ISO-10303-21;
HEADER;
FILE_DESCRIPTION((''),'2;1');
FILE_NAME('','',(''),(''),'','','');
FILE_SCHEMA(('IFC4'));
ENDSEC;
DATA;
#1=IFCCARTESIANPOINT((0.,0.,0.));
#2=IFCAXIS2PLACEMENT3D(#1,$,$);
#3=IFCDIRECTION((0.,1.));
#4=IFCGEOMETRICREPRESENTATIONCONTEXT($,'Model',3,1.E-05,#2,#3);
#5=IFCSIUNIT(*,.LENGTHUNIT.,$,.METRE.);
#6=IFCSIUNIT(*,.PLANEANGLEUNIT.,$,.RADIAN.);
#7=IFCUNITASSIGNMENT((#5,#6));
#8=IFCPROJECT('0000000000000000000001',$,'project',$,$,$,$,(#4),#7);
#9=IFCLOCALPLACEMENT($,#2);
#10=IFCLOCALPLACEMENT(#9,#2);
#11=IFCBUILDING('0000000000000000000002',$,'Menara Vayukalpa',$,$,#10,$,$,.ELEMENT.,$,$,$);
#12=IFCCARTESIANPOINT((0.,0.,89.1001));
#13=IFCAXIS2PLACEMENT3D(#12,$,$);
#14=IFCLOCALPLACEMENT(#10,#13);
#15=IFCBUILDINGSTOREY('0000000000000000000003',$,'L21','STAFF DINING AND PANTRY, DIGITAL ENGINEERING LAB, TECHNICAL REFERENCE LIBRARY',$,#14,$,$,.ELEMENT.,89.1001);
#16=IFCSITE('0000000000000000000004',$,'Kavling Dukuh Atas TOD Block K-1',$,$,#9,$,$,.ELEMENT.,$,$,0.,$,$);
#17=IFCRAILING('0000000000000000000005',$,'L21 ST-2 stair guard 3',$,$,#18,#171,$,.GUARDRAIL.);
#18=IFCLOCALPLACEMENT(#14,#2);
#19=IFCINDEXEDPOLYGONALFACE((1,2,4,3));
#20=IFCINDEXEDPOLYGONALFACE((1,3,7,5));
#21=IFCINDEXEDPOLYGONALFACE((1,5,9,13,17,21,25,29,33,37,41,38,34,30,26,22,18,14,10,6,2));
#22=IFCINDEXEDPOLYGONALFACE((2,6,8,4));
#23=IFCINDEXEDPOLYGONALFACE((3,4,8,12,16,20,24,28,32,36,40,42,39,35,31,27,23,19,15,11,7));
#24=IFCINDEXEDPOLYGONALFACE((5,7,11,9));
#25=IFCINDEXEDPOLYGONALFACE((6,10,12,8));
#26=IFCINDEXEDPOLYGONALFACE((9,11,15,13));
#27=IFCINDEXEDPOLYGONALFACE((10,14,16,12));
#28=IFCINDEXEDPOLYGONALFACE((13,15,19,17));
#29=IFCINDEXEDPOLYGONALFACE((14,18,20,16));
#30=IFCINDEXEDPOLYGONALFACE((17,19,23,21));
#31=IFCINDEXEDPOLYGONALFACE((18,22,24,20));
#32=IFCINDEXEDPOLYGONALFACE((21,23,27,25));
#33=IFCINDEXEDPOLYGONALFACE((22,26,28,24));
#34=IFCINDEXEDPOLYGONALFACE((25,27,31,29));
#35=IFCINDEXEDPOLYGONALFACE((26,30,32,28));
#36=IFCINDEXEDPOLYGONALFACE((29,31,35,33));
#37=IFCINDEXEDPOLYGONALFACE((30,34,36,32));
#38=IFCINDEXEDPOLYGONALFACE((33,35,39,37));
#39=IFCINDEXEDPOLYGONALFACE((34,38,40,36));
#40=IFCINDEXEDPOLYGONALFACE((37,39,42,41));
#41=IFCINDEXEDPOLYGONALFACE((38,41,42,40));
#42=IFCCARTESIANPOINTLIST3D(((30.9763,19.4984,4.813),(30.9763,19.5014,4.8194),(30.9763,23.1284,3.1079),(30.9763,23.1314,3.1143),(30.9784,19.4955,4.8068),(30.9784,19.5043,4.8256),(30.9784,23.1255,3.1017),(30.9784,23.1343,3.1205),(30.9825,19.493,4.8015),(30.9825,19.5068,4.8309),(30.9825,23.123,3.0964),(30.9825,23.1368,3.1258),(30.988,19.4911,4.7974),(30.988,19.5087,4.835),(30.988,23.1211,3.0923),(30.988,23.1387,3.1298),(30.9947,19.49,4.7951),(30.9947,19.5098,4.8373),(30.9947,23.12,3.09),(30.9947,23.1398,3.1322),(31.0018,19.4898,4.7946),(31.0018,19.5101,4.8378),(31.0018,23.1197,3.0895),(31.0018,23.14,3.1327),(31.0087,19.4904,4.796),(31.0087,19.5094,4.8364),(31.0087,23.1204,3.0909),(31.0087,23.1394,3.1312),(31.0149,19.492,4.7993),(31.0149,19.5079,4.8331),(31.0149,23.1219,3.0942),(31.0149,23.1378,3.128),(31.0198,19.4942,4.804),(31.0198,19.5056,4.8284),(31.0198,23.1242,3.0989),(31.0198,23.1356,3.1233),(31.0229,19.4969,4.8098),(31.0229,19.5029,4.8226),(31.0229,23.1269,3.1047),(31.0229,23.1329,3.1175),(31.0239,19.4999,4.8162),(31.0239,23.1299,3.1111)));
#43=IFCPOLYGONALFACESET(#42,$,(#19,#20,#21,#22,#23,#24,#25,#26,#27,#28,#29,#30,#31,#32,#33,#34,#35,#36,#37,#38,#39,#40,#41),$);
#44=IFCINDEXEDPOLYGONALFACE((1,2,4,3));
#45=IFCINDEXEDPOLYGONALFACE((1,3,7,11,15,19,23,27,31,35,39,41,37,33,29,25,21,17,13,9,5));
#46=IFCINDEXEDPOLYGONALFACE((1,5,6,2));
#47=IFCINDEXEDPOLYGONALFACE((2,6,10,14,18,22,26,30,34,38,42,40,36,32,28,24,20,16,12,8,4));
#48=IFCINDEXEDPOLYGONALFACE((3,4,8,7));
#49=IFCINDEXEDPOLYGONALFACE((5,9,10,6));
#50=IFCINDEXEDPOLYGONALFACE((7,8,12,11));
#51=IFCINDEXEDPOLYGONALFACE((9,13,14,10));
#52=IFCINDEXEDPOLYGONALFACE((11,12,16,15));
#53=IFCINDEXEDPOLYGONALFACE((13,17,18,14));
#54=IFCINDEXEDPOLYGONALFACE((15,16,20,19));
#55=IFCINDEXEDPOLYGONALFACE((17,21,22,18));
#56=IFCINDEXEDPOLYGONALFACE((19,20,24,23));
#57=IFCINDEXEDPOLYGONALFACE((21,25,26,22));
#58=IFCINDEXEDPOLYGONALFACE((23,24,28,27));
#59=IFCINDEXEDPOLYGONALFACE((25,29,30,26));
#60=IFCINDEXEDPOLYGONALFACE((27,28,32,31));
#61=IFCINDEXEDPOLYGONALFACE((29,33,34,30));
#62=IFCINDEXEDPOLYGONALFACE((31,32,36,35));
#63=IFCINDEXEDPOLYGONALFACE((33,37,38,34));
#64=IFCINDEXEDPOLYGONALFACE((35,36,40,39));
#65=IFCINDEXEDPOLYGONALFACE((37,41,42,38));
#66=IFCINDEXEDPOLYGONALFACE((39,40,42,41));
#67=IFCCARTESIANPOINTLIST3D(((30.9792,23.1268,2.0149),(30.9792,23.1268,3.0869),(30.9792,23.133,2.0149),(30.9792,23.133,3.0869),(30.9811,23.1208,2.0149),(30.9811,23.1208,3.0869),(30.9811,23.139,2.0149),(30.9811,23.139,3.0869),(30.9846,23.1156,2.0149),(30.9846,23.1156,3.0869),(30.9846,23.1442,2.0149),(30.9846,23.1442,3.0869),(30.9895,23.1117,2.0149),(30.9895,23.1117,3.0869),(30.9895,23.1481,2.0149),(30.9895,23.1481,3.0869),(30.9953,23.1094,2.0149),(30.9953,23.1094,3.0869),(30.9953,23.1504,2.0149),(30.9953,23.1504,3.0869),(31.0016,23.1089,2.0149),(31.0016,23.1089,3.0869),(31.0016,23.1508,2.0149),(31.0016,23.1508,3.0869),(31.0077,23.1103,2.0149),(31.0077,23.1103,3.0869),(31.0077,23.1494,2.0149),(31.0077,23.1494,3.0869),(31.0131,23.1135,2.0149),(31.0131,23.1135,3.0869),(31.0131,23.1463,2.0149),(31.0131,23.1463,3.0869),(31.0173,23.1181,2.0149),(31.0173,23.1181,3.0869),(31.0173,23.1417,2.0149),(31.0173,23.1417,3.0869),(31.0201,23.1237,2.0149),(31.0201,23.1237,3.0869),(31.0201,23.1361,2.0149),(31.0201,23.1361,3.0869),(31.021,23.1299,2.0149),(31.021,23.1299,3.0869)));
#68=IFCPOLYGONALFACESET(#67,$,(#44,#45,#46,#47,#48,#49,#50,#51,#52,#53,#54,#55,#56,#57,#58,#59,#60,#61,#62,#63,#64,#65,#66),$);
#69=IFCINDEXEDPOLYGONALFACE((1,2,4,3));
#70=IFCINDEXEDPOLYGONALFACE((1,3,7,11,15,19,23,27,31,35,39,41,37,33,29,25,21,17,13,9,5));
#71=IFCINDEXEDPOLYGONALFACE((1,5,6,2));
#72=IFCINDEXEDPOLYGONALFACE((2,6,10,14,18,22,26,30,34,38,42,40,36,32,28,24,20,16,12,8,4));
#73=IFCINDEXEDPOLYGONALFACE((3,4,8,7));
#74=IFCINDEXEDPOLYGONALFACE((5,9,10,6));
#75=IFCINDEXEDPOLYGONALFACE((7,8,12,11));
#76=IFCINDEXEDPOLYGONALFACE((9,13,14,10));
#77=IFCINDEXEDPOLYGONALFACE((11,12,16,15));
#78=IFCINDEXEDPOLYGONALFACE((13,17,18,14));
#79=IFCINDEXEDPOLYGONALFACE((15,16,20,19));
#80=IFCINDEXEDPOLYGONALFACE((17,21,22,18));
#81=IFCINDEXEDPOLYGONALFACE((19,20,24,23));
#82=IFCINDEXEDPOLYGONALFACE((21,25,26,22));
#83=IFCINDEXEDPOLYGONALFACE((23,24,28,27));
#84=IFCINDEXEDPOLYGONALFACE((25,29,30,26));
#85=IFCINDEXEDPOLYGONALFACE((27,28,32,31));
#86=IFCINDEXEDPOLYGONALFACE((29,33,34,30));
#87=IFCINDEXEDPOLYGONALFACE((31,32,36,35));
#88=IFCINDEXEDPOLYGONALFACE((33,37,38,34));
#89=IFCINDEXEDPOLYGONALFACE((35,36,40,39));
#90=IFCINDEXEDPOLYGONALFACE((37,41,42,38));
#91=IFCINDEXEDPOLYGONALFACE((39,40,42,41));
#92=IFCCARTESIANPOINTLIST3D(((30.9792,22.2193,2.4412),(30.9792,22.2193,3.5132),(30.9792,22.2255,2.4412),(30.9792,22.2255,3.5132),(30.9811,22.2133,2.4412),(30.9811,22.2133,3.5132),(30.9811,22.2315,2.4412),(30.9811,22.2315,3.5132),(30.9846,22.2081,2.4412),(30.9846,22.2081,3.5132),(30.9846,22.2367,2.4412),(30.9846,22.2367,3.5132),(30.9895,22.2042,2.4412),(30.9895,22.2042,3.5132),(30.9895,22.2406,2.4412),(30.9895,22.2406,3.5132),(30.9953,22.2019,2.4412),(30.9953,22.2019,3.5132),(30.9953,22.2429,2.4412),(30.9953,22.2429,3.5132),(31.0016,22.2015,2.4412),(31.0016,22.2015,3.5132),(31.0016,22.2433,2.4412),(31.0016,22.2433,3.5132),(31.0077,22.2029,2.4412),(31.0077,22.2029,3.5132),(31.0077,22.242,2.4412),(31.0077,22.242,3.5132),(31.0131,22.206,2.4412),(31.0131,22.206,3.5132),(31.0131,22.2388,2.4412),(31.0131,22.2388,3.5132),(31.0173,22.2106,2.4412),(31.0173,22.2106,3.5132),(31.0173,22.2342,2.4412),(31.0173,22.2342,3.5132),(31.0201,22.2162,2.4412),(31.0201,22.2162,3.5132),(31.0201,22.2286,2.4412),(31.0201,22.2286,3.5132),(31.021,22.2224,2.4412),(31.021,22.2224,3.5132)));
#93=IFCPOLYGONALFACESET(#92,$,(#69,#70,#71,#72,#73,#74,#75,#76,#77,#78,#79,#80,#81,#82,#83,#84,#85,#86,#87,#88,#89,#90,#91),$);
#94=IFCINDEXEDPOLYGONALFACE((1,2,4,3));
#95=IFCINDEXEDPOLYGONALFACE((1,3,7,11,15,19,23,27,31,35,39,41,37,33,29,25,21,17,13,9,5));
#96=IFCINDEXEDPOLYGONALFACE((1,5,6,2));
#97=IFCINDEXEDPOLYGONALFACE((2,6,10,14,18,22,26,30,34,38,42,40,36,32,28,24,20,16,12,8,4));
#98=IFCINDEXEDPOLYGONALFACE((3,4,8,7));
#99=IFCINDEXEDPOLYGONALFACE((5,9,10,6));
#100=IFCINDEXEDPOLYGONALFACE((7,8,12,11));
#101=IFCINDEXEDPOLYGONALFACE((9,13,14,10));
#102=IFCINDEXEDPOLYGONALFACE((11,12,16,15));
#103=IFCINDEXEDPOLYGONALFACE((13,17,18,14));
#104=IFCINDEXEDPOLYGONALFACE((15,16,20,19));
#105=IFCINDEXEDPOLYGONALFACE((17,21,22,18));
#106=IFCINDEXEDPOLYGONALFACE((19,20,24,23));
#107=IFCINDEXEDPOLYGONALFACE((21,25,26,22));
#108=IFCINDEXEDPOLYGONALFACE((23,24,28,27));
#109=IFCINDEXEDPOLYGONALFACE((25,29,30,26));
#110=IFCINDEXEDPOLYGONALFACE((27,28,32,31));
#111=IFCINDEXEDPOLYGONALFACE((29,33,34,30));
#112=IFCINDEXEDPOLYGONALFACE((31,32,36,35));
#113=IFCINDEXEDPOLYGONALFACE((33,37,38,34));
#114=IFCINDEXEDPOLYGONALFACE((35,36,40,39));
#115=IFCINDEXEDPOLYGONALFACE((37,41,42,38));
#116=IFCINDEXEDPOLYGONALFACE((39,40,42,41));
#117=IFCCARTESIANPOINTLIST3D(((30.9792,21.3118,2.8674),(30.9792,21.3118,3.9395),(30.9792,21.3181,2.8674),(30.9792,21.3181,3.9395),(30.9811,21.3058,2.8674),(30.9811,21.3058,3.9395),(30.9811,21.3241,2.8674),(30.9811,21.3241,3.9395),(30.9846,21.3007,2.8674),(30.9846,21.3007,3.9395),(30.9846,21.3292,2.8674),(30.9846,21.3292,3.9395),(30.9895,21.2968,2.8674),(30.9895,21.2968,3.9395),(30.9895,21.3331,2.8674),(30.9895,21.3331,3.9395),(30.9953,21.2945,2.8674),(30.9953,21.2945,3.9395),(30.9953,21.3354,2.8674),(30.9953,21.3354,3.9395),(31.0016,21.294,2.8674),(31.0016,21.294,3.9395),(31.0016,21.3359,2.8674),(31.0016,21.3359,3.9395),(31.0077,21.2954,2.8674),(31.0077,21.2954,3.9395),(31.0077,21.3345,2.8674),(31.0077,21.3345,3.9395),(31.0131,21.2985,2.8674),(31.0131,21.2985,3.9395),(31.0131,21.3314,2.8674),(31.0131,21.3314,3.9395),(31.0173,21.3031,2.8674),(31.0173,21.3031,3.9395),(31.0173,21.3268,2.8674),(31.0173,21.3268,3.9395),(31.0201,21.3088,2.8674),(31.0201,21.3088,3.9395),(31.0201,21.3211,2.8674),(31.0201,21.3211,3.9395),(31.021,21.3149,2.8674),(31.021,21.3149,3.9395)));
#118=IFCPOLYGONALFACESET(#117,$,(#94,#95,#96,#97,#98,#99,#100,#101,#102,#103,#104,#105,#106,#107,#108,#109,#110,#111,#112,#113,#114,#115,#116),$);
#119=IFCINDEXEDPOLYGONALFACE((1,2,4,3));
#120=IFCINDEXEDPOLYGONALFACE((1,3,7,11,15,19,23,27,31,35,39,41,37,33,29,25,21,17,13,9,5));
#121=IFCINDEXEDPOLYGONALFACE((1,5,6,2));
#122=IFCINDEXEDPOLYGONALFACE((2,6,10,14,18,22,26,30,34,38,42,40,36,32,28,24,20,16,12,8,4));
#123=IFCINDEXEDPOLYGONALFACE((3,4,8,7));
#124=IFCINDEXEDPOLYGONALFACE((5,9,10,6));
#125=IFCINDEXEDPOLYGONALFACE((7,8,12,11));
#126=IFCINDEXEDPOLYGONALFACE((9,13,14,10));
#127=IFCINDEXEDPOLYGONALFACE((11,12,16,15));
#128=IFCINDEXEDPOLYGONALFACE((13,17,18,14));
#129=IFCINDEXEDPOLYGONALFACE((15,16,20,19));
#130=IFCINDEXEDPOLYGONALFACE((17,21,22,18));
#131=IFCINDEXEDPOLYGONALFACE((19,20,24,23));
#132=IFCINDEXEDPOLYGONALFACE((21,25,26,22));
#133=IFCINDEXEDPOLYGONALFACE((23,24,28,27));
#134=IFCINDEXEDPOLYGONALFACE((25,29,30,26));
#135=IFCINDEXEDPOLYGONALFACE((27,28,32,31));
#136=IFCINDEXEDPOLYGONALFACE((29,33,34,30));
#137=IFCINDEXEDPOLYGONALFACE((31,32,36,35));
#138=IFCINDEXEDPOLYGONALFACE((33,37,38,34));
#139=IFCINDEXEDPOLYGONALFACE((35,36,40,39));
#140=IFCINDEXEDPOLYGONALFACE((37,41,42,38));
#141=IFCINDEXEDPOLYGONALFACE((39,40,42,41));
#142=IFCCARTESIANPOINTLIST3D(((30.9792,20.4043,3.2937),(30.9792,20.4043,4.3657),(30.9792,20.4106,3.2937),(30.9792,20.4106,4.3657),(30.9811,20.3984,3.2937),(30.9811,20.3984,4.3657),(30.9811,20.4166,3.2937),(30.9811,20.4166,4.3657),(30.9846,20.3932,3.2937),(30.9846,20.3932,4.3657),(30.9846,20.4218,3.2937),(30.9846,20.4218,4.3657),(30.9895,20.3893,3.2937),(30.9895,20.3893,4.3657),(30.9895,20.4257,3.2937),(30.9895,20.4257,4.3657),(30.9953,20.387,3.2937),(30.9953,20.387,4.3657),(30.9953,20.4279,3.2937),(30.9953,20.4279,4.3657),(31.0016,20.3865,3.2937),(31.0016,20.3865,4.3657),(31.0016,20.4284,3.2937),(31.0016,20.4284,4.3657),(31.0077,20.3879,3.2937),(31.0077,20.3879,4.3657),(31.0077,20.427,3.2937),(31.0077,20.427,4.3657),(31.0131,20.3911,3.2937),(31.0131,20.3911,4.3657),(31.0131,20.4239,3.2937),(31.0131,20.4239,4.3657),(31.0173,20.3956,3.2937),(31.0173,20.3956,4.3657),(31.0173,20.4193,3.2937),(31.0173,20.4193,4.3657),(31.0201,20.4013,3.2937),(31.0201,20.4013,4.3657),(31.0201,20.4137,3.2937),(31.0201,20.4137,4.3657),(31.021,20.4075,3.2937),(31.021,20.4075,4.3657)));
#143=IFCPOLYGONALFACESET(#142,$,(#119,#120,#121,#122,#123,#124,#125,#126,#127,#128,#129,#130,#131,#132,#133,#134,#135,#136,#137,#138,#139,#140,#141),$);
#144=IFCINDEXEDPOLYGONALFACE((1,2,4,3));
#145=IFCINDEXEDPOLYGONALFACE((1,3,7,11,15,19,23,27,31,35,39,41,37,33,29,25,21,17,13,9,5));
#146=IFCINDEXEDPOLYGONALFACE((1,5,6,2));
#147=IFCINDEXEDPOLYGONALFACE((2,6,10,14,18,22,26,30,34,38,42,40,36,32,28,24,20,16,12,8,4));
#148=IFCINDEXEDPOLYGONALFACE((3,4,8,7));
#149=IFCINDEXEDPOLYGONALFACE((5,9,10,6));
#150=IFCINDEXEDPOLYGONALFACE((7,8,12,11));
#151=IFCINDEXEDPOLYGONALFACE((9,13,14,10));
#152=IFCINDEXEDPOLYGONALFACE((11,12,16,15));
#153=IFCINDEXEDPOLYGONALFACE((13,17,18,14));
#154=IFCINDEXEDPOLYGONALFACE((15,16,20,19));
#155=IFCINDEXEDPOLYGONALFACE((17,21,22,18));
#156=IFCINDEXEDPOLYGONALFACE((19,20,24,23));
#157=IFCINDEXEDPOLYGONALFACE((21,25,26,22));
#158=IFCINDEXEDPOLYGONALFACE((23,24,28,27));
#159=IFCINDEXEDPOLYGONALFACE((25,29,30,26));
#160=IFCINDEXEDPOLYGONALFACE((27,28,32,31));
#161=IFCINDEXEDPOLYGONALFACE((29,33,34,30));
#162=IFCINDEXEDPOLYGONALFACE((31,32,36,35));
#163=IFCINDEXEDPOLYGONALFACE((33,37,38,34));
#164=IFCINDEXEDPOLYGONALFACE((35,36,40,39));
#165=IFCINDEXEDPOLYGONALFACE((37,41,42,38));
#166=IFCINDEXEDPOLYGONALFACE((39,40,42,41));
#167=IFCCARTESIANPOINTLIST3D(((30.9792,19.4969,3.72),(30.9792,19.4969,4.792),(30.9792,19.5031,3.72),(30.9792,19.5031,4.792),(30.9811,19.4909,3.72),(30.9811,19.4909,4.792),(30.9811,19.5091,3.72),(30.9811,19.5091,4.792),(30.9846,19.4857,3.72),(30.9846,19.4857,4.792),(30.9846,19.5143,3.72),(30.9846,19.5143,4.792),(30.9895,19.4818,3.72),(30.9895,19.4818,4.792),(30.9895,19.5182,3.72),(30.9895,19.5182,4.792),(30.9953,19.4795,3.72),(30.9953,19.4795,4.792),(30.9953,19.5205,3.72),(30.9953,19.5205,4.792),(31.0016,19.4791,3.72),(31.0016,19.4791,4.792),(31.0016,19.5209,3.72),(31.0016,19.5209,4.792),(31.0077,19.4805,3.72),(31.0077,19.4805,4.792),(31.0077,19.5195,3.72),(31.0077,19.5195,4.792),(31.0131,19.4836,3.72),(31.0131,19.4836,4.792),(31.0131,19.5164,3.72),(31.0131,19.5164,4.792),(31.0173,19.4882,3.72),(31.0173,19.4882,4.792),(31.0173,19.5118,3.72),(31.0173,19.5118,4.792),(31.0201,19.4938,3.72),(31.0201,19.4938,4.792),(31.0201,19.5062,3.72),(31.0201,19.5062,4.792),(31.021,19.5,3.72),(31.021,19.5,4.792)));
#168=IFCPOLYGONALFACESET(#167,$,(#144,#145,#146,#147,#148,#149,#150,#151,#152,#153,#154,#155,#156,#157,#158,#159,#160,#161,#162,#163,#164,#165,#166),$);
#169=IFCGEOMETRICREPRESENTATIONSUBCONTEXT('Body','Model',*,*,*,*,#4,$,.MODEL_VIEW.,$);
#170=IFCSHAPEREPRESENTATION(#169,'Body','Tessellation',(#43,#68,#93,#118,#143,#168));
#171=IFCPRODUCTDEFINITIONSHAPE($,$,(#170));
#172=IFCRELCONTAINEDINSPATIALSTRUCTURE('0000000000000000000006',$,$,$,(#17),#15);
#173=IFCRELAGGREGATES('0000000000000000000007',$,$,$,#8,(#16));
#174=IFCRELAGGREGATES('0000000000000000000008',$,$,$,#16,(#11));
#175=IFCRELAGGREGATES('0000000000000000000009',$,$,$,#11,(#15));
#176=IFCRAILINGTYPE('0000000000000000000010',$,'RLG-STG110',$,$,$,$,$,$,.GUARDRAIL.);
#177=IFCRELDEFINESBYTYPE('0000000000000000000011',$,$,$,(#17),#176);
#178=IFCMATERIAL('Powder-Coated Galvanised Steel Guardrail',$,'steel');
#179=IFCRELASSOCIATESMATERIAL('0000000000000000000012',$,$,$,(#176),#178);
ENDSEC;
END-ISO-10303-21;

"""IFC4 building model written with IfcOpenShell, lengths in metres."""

from ifc_helpers import new_model, si_unit, direction, frame, origin, origin_2d, place, context, subcontext, project, spatial, circle, extrude, material, type_object, element, save


model = new_model("IFC4")

# Units and contexts
model_context = context("Model", 3, precision=1e-05, world=origin(), true_north=direction((0.0, 1.0)))
body_context = subcontext(model_context, "Body", "Model", "MODEL_VIEW")
ifc_project = project(units=[si_unit("LENGTHUNIT", "METRE"), si_unit("PLANEANGLEUNIT", "RADIAN")], contexts=[model_context])

# Site, building, storey
site_placement = place(None, origin())
site = spatial("IfcSite", under=ifc_project, at=site_placement, Name="Kavling Dukuh Atas TOD Block K-1", CompositionType="ELEMENT", RefElevation=0.0)
building_placement = place(site_placement, origin())
building = spatial("IfcBuilding", under=site, at=building_placement, Name="Menara Vayukalpa", CompositionType="ELEMENT")
storey_placement = place(building_placement, frame((0.0, 0.0, 89.1001)))
storey = spatial("IfcBuildingStorey", under=building, at=storey_placement, Name="L21", Description="STAFF DINING AND PANTRY, DIGITAL ENGINEERING LAB, TECHNICAL REFERENCE LIBRARY", CompositionType="ELEMENT", Elevation=89.1001)

# Railing
ifc_material_1 = material(Name="Powder-Coated Galvanised Steel Guardrail", Category="steel")
railing_type_1 = type_object("IfcRailingType", Name="RLG-STG110", PredefinedType="GUARDRAIL", material=ifc_material_1)
railing_1_placement = place(storey_placement, frame((31.0, 23.1299, 2.0149)))
element("IfcRailing", 1, at=railing_1_placement, inside=storey, type_object=railing_type_1, Name="L21 ST-2 stair guard 3", PredefinedType="GUARDRAIL", context=body_context, shape_type="SweptSolid", body=[
    extrude(circle(Radius=0.0239, at=origin_2d()), frame((0.0, 0.0, 1.0962), z_axis=(0.0, -0.905116, 0.425164), x_axis=(1.0, 0.0, 0.0)), (0.0, 0.0, 1.0), 4.0105),
    extrude(circle(Radius=0.021, at=origin_2d()), origin(), (0.0, 0.0, 1.0), 1.072),
    extrude(circle(Radius=0.021, at=origin_2d()), frame((0.0, -0.9075, 0.4263)), (0.0, 0.0, 1.0), 1.072),
    extrude(circle(Radius=0.021, at=origin_2d()), frame((0.0, -1.8149, 0.8525)), (0.0, 0.0, 1.0), 1.072),
    extrude(circle(Radius=0.021, at=origin_2d()), frame((0.0, -2.7224, 1.2788)), (0.0, 0.0, 1.0), 1.072),
    extrude(circle(Radius=0.021, at=origin_2d()), frame((0.0, -3.6299, 1.7051)), (0.0, 0.0, 1.0), 1.072),
])

save(model, "model.ifc")
